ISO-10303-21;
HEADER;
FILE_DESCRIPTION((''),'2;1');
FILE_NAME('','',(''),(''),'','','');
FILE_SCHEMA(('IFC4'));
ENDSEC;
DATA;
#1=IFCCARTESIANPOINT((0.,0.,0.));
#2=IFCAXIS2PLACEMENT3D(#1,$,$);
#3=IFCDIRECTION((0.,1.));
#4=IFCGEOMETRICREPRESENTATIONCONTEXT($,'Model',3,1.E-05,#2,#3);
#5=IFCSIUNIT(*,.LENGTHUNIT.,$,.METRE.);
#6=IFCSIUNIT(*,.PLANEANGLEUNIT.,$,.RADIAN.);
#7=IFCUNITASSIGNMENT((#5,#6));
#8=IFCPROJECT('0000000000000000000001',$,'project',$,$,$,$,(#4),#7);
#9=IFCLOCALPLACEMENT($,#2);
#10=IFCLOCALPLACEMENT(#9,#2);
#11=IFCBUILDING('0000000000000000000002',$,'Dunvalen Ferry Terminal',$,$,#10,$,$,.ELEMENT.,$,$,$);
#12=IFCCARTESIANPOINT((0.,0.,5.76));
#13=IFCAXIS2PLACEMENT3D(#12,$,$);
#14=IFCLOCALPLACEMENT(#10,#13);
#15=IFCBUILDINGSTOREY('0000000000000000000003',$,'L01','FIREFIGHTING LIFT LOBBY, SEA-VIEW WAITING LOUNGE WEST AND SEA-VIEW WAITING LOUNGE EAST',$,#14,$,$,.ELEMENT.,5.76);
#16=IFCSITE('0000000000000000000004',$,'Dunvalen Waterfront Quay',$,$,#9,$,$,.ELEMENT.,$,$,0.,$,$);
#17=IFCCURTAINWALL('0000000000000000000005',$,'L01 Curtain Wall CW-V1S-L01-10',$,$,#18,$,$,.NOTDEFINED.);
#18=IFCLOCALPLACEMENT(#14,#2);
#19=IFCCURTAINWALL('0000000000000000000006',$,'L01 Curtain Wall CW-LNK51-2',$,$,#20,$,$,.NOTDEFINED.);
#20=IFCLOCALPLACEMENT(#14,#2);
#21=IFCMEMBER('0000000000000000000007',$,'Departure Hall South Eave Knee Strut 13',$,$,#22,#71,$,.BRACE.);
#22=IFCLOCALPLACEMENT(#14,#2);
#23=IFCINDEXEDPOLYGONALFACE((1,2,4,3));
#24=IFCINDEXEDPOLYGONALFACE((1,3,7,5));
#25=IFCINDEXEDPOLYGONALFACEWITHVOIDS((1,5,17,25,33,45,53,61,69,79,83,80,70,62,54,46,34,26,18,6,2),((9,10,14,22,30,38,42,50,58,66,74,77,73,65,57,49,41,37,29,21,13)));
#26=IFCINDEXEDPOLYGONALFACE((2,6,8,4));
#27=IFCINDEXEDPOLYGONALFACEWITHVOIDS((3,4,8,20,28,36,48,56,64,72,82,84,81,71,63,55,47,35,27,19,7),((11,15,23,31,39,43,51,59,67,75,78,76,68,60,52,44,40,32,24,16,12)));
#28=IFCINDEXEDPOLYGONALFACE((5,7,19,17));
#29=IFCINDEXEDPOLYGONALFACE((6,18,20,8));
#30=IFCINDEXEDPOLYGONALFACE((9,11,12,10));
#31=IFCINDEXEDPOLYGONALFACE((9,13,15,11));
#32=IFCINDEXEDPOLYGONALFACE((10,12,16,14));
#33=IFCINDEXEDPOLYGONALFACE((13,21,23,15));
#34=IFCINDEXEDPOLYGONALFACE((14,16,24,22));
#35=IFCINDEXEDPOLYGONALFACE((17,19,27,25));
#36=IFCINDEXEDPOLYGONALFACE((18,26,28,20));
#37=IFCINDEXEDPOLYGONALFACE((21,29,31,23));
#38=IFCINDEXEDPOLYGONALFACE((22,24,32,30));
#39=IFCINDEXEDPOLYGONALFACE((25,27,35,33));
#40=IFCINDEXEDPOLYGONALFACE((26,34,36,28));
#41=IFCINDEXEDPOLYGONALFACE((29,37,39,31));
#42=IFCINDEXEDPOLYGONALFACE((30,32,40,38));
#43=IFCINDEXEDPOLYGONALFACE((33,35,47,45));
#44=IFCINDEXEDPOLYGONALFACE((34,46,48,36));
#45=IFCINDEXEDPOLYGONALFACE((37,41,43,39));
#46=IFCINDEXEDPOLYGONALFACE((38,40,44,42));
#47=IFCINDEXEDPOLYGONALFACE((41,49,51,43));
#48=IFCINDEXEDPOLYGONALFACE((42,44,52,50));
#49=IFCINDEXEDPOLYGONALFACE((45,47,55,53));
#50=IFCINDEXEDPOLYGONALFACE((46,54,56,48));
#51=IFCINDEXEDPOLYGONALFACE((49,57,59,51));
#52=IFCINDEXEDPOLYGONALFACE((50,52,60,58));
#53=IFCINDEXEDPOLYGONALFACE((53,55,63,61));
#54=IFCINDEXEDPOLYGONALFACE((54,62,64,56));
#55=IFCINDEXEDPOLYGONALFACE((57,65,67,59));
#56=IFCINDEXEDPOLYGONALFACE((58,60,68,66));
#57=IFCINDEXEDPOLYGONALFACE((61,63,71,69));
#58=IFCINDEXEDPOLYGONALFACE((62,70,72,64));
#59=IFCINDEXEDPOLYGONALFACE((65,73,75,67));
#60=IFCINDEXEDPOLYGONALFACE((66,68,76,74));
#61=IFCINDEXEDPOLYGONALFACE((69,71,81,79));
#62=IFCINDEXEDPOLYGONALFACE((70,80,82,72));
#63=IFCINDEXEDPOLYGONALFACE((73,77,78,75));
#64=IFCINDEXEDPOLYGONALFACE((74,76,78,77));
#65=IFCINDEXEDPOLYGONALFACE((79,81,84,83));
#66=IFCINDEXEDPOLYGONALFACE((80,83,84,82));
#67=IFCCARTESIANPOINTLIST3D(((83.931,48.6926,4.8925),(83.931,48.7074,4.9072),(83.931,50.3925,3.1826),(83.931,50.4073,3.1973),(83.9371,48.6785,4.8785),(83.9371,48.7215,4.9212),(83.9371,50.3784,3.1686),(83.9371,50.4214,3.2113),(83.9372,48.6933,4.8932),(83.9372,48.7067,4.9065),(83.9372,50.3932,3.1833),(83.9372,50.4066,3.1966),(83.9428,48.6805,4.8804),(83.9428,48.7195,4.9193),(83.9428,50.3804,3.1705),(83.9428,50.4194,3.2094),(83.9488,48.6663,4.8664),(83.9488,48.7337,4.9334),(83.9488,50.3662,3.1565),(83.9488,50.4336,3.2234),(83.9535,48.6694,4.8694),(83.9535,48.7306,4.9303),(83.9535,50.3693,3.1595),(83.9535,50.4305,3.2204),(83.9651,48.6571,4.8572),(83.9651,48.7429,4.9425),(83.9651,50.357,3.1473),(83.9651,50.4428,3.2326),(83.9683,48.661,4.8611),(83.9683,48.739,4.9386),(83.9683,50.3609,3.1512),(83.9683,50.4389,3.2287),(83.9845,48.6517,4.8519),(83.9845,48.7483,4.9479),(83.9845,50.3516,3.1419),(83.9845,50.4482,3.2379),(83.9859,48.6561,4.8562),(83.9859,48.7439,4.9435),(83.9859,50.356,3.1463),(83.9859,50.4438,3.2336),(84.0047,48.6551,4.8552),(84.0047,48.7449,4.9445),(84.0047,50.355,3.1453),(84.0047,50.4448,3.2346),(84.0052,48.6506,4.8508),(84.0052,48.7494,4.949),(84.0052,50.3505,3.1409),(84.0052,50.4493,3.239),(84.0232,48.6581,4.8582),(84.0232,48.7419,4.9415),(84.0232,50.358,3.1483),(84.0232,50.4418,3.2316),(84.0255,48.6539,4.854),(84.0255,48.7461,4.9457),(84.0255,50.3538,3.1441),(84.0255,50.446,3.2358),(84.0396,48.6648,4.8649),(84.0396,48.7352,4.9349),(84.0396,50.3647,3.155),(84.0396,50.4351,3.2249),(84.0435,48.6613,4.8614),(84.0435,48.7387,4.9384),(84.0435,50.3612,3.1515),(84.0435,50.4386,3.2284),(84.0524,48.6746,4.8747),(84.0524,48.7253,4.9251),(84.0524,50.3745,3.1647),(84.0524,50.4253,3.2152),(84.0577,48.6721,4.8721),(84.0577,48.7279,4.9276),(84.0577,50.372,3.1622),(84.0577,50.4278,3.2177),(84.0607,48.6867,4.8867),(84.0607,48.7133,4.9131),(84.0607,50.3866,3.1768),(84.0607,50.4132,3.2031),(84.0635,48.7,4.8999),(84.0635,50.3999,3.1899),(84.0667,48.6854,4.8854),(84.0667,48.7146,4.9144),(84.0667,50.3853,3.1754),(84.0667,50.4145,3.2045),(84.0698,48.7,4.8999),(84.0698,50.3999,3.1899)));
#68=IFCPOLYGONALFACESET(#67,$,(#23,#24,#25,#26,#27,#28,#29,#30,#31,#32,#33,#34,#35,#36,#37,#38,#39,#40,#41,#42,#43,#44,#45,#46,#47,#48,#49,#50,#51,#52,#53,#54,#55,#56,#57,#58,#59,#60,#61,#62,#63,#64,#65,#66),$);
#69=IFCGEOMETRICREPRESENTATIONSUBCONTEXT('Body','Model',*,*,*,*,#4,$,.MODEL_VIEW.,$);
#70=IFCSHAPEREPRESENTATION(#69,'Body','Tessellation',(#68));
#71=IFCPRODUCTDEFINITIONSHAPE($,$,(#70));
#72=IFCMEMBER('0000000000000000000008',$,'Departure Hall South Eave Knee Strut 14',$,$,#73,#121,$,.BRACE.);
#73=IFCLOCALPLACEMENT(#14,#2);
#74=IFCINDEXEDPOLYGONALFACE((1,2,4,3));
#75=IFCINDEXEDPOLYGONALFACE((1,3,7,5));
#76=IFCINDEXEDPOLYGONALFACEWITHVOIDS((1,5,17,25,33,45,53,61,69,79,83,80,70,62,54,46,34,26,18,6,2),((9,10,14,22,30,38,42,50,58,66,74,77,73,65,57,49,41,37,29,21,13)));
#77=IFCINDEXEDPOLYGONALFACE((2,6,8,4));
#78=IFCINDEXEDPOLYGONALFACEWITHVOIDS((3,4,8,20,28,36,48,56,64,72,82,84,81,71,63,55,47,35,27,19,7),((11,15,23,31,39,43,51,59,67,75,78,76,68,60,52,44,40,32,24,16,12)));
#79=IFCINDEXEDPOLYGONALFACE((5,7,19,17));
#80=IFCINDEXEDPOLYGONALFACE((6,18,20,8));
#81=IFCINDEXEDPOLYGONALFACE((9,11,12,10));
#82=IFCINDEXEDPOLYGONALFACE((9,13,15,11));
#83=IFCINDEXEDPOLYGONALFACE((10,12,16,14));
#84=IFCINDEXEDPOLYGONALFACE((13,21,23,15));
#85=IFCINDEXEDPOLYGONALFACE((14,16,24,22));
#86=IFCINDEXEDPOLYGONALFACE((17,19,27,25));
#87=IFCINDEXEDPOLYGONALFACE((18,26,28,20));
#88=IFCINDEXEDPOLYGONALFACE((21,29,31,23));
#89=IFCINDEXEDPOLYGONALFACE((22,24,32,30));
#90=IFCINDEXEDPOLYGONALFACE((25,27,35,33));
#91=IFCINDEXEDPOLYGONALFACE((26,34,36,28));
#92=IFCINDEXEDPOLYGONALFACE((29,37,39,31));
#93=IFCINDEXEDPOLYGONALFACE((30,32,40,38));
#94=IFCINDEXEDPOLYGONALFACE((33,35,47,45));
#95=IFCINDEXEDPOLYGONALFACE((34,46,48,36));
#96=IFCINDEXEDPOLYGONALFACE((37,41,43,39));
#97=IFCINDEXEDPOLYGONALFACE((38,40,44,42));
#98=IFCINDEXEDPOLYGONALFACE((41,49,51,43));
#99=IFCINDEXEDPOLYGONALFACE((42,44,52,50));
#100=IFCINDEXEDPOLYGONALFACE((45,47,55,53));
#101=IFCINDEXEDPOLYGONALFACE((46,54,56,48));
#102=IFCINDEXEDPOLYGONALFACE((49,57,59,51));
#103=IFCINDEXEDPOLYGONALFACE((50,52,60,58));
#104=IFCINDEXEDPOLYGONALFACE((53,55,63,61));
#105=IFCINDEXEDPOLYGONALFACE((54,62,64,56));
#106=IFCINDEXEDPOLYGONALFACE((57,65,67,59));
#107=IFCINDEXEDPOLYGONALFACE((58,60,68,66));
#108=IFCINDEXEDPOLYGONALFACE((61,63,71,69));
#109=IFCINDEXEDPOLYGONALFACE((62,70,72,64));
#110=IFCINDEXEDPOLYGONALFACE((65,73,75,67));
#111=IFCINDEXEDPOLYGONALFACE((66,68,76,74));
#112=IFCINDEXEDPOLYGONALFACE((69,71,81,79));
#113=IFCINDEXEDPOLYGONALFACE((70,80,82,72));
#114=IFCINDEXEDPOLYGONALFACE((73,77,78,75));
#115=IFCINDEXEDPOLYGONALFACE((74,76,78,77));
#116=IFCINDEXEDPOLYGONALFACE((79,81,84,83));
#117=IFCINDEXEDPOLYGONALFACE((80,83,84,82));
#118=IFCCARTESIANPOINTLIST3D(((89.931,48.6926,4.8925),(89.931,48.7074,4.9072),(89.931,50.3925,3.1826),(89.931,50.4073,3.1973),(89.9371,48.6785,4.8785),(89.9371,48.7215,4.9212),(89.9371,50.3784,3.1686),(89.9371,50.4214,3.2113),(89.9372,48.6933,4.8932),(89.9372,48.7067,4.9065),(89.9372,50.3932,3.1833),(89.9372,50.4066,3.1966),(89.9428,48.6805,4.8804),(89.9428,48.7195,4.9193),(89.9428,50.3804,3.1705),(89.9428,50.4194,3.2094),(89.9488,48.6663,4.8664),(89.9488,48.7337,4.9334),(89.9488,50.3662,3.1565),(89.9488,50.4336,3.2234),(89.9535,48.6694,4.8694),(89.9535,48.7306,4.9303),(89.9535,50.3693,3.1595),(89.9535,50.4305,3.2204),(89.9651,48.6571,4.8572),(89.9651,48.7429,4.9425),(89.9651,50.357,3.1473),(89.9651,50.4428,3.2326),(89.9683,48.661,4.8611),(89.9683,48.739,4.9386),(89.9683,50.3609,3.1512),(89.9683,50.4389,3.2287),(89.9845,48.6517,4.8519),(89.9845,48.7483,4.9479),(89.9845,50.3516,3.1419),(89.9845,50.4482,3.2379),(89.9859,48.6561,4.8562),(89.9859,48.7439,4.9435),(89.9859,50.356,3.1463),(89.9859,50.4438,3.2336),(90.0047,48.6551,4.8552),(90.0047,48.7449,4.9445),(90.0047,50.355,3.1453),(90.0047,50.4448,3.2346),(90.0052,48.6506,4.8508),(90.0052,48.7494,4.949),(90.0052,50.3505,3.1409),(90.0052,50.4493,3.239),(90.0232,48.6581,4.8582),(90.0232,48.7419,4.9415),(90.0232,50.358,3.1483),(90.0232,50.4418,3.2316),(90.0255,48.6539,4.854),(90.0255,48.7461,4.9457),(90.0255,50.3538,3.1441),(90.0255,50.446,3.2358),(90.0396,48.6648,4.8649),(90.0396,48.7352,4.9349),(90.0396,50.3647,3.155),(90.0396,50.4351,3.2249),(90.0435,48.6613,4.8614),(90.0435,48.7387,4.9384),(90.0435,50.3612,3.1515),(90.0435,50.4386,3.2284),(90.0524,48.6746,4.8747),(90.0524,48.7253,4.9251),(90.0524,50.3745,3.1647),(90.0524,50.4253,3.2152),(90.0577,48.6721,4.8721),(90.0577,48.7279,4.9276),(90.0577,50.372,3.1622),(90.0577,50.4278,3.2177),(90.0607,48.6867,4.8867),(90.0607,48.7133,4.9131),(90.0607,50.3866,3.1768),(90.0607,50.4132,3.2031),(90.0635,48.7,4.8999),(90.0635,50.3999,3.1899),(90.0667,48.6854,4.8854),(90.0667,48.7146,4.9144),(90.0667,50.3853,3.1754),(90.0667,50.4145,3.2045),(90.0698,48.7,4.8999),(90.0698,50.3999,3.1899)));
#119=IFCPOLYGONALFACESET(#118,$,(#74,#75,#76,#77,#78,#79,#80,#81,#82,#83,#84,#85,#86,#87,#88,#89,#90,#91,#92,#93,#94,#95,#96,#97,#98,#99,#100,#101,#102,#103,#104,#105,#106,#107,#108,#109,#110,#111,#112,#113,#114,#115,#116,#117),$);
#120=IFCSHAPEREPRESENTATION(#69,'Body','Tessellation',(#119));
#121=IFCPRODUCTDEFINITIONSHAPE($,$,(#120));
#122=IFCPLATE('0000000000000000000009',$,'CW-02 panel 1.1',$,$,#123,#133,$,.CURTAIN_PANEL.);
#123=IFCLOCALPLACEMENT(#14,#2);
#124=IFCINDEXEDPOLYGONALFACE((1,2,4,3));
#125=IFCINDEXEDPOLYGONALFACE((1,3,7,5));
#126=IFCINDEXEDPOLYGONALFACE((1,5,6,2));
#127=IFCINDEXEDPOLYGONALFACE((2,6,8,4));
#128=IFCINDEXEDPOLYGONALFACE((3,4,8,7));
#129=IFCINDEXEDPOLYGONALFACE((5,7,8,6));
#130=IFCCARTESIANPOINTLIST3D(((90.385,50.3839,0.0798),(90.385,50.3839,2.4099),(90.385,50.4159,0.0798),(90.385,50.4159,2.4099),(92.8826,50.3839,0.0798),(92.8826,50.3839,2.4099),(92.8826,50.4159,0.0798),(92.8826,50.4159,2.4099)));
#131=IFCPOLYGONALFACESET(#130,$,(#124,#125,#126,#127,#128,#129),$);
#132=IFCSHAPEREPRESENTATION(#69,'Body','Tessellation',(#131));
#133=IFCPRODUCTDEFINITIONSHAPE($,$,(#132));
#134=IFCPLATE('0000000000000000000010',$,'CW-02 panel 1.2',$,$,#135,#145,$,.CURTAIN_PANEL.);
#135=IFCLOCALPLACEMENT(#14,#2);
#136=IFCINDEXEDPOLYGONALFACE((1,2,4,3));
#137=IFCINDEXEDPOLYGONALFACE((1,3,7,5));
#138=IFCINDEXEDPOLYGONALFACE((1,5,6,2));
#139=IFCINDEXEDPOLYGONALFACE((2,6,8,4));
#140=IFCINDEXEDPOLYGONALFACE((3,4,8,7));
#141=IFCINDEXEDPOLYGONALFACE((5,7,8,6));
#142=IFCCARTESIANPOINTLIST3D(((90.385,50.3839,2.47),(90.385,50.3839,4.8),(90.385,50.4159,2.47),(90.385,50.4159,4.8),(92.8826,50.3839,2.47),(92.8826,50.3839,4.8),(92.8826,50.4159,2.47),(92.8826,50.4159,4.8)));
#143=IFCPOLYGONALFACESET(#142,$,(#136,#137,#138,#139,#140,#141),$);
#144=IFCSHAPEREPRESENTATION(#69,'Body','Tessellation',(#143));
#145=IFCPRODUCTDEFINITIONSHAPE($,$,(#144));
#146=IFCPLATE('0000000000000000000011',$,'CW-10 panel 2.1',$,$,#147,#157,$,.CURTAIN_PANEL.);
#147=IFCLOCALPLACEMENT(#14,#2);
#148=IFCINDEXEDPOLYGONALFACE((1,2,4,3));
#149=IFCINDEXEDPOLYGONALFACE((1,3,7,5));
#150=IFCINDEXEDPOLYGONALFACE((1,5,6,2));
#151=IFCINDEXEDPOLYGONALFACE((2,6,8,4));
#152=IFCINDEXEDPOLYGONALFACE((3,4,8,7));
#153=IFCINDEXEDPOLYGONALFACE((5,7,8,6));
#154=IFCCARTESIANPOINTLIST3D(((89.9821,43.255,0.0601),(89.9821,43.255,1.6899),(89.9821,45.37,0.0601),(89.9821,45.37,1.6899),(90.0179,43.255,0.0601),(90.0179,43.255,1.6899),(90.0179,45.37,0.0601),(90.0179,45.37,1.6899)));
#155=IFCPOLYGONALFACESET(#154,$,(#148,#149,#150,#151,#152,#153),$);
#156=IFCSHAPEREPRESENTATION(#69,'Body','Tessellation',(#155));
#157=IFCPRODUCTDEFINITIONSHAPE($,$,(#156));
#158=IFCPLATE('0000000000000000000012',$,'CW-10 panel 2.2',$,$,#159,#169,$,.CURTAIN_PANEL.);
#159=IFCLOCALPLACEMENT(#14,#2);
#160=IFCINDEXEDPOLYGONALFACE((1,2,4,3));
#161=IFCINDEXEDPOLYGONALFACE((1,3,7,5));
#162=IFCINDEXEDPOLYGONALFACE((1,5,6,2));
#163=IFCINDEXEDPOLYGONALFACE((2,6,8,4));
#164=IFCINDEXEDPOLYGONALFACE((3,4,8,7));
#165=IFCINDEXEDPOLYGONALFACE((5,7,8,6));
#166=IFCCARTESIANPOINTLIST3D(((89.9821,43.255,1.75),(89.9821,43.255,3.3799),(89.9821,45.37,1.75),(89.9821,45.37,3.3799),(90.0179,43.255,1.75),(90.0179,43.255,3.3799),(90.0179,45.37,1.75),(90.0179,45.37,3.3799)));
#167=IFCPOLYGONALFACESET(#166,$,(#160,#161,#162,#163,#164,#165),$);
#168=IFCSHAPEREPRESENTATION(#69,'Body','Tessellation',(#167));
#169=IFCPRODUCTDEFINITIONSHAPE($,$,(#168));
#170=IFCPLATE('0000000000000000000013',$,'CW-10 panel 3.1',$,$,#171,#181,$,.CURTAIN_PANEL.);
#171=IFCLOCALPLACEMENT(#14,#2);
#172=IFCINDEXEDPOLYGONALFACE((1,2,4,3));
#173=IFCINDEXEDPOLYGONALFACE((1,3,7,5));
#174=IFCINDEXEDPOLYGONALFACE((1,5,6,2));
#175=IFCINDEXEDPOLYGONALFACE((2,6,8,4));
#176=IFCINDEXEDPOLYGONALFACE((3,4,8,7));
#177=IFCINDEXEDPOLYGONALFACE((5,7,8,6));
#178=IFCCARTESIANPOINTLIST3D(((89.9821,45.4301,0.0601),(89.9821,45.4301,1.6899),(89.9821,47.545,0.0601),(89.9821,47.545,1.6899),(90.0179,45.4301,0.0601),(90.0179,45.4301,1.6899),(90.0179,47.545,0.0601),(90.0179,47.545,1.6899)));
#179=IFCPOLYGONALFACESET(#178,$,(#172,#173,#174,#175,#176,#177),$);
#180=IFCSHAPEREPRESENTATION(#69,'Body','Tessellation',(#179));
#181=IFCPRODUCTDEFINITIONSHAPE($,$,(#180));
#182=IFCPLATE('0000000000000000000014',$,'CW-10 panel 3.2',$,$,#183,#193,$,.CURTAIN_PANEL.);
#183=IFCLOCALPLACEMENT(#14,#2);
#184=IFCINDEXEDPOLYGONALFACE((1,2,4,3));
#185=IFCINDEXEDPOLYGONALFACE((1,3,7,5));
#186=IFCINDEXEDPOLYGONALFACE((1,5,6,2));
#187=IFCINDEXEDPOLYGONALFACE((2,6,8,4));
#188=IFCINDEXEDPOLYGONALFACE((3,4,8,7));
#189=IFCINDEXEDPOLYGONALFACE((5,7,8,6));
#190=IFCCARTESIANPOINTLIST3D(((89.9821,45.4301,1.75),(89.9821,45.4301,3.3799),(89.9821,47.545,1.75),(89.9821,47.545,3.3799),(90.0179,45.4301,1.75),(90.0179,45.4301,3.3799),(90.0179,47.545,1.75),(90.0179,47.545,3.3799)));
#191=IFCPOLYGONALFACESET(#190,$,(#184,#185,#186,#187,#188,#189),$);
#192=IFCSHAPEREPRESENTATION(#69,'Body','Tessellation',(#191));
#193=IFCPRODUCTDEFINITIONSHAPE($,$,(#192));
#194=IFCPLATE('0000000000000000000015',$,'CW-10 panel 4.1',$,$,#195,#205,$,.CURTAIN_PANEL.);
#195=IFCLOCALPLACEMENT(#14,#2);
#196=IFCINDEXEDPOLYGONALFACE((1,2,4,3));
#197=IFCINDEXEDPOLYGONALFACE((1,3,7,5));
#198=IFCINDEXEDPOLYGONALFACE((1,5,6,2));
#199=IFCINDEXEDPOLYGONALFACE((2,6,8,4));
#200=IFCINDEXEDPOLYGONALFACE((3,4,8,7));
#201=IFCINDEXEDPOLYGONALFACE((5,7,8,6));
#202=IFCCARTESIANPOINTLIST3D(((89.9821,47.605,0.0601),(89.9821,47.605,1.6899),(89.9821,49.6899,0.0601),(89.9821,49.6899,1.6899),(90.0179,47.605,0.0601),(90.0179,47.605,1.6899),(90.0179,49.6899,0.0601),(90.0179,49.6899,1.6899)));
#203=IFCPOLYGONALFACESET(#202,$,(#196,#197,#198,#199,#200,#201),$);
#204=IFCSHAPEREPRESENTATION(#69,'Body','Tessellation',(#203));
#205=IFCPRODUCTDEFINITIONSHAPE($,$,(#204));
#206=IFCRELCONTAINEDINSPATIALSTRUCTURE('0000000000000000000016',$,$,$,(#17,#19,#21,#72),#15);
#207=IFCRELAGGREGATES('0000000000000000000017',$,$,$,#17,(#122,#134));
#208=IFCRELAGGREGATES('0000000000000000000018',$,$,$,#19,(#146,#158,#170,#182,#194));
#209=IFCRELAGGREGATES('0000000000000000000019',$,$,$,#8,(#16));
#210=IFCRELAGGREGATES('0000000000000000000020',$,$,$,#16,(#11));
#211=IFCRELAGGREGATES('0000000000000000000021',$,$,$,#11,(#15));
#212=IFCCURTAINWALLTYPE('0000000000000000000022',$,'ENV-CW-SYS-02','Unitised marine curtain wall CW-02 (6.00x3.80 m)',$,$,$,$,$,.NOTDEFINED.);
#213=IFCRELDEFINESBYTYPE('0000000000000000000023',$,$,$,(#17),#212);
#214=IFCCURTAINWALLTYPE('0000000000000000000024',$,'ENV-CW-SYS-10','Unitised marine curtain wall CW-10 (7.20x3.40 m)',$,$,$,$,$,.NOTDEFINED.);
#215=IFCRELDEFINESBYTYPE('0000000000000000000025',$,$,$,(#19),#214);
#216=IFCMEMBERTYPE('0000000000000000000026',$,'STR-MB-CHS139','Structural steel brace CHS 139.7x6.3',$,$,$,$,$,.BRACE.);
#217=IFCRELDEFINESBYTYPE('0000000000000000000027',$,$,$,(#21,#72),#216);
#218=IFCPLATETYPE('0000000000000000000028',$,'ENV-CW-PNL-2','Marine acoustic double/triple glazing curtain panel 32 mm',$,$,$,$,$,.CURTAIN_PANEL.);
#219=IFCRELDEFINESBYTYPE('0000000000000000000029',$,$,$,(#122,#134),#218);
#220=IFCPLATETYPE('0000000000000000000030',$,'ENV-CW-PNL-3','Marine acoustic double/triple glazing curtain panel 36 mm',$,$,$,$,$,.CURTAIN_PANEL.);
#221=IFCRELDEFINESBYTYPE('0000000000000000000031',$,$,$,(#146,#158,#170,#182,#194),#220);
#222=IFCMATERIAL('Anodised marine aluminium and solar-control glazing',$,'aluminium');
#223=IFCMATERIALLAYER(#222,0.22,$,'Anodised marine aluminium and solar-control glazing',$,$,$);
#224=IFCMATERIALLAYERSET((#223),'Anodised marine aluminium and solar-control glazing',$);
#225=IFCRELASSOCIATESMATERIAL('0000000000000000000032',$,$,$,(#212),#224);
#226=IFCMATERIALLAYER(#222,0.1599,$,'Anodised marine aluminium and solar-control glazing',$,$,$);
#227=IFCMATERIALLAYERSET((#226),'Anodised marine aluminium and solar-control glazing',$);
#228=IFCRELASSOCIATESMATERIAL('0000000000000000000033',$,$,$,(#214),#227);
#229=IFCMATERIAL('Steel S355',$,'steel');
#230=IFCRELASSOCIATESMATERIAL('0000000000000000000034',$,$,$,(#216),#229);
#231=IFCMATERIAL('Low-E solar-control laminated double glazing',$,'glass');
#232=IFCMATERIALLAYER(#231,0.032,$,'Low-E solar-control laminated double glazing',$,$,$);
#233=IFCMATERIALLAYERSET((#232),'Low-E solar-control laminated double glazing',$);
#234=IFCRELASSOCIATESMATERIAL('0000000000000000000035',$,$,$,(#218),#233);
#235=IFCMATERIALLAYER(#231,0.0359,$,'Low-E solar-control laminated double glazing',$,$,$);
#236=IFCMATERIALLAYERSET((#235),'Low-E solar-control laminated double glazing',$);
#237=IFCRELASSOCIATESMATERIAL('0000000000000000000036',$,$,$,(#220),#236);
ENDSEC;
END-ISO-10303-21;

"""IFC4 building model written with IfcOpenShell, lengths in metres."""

from ifc_helpers import new_model, si_unit, direction, frame, origin, origin_2d, place, context, subcontext, project, spatial, rectangle, hollow_circle, extrude, material, layer, layer_set, material_profile, profile_set, type_object, element, aggregate, save


model = new_model("IFC4")

# Units and contexts
model_context = context("Model", 3, precision=1e-05, world=origin(), true_north=direction((0.0, 1.0)))
body_context = subcontext(model_context, "Body", "Model", "MODEL_VIEW")
ifc_project = project(units=[si_unit("LENGTHUNIT", "METRE"), si_unit("PLANEANGLEUNIT", "RADIAN")], contexts=[model_context])

# Site, building, storey
site_placement = place(None, origin())
site = spatial("IfcSite", under=ifc_project, at=site_placement, Name="Dunvalen Waterfront Quay", CompositionType="ELEMENT", RefElevation=0.0)
building_placement = place(site_placement, origin())
building = spatial("IfcBuilding", under=site, at=building_placement, Name="Dunvalen Ferry Terminal", CompositionType="ELEMENT")
storey_placement = place(building_placement, frame((0.0, 0.0, 5.76)))
storey = spatial("IfcBuildingStorey", under=building, at=storey_placement, Name="L01", Description="FIREFIGHTING LIFT LOBBY, SEA-VIEW WAITING LOUNGE WEST AND SEA-VIEW WAITING LOUNGE EAST", CompositionType="ELEMENT", Elevation=5.76)

# Shared definitions
ifc_material_1 = material(Name="Steel S355", Category="steel")

# Curtain wall
ifc_material_2 = material(Name="Anodised marine aluminium and solar-control glazing", Category="aluminium")
ifc_layer_1 = layer(ifc_material_2, 0.22, Name="Anodised marine aluminium and solar-control glazing")
ifc_layer_set_1 = layer_set([ifc_layer_1], Name="Anodised marine aluminium and solar-control glazing")
curtain_wall_type_1 = type_object("IfcCurtainWallType", Name="ENV-CW-SYS-02", Description="Unitised marine curtain wall CW-02 (6.00x3.80 m)", PredefinedType="NOTDEFINED", material=ifc_layer_set_1)
curtain_wall_1_placement = place(storey_placement, origin())
curtain_wall_1 = element("IfcCurtainWall", 1, at=curtain_wall_1_placement, inside=storey, type_object=curtain_wall_type_1, Name="L01 Curtain Wall CW-V1S-L01-10", PredefinedType="NOTDEFINED")

# Curtain wall
ifc_layer_2 = layer(ifc_material_2, 0.1599, Name="Anodised marine aluminium and solar-control glazing")
ifc_layer_set_2 = layer_set([ifc_layer_2], Name="Anodised marine aluminium and solar-control glazing")
curtain_wall_type_2 = type_object("IfcCurtainWallType", Name="ENV-CW-SYS-10", Description="Unitised marine curtain wall CW-10 (7.20x3.40 m)", PredefinedType="NOTDEFINED", material=ifc_layer_set_2)
curtain_wall_2_placement = place(storey_placement, origin())
curtain_wall_2 = element("IfcCurtainWall", 2, at=curtain_wall_2_placement, inside=storey, type_object=curtain_wall_type_2, Name="L01 Curtain Wall CW-LNK51-2", PredefinedType="NOTDEFINED")

# Members
ifc_material_profile_1 = material_profile(ifc_material_1, hollow_circle(Radius=0.0698, WallThickness=0.0063, at=origin_2d()), Name="Steel S355")
ifc_profile_set_1 = profile_set([ifc_material_profile_1], Name="Steel S355")
member_type_1 = type_object("IfcMemberType", Name="STR-MB-CHS139", Description="Structural steel brace CHS 139.7x6.3", PredefinedType="BRACE", material=ifc_profile_set_1)
for number, where, z_axis, x_axis, name in (
    (3, (84.0, 50.3999, 3.1899), (0.0, -0.705028, 0.709179), (1.0, 0.0, 0.0), "Departure Hall South Eave Knee Strut 13"),
    (4, (90.0, 50.3999, 3.1899), (0.0, -0.705028, 0.709179), (1.0, 0.0, 0.0), "Departure Hall South Eave Knee Strut 14"),
):
    element("IfcMember", number, at=place(storey_placement, frame(where, z_axis=z_axis, x_axis=x_axis)), inside=storey, type_object=member_type_1, Name=name, PredefinedType="BRACE", context=body_context, shape_type="SweptSolid", body=[
        extrude(hollow_circle(Radius=0.0698, WallThickness=0.0063, at=origin_2d()), origin(), (0.0, 0.0, 1.0), 2.4111),
    ])

# Plates
ifc_material_3 = material(Name="Low-E solar-control laminated double glazing", Category="glass")
ifc_layer_3 = layer(ifc_material_3, 0.032, Name="Low-E solar-control laminated double glazing")
ifc_layer_set_3 = layer_set([ifc_layer_3], Name="Low-E solar-control laminated double glazing")
plate_type_1 = type_object("IfcPlateType", Name="ENV-CW-PNL-2", Description="Marine acoustic double/triple glazing curtain panel 32 mm", PredefinedType="CURTAIN_PANEL", material=ifc_layer_set_3)
plate_1_placement = place(storey_placement, frame((91.6338, 50.3999, 0.0798), z_axis=(0.0, 0.0, 1.0), x_axis=(1.0, 0.0, 0.0)))
plate_1 = element("IfcPlate", 5, at=plate_1_placement, type_object=plate_type_1, Name="CW-02 panel 1.1", PredefinedType="CURTAIN_PANEL", context=body_context, shape_type="SweptSolid", body=[
    extrude(rectangle(XDim=2.4976, YDim=0.032, at=origin_2d()), origin(), (0.0, 0.0, 1.0), 2.3301),
])
plate_2_placement = place(storey_placement, frame((91.6338, 50.3999, 2.47), z_axis=(0.0, 0.0, 1.0), x_axis=(1.0, 0.0, 0.0)))
plate_2 = element("IfcPlate", 6, at=plate_2_placement, type_object=plate_type_1, Name="CW-02 panel 1.2", PredefinedType="CURTAIN_PANEL", context=body_context, shape_type="SweptSolid", body=[
    extrude(rectangle(XDim=2.4976, YDim=0.032, at=origin_2d()), origin(), (0.0, 0.0, 1.0), 2.3301),
])
aggregate(curtain_wall_1, [plate_1, plate_2])
ifc_layer_4 = layer(ifc_material_3, 0.0359, Name="Low-E solar-control laminated double glazing")
ifc_layer_set_4 = layer_set([ifc_layer_4], Name="Low-E solar-control laminated double glazing")
plate_type_2 = type_object("IfcPlateType", Name="ENV-CW-PNL-3", Description="Marine acoustic double/triple glazing curtain panel 36 mm", PredefinedType="CURTAIN_PANEL", material=ifc_layer_set_4)
plate_3_placement = place(storey_placement, frame((90.0, 44.3125, 0.0601), z_axis=(0.0, 0.0, 1.0), x_axis=(0.0, 1.0, 0.0)))
plate_3 = element("IfcPlate", 7, at=plate_3_placement, type_object=plate_type_2, Name="CW-10 panel 2.1", PredefinedType="CURTAIN_PANEL", context=body_context, shape_type="SweptSolid", body=[
    extrude(rectangle(XDim=2.115, YDim=0.0359, at=origin_2d()), origin(), (0.0, 0.0, 1.0), 1.6299),
])
plate_4_placement = place(storey_placement, frame((90.0, 44.3125, 1.75), z_axis=(0.0, 0.0, 1.0), x_axis=(0.0, 1.0, 0.0)))
plate_4 = element("IfcPlate", 8, at=plate_4_placement, type_object=plate_type_2, Name="CW-10 panel 2.2", PredefinedType="CURTAIN_PANEL", context=body_context, shape_type="SweptSolid", body=[
    extrude(rectangle(XDim=2.115, YDim=0.0359, at=origin_2d()), origin(), (0.0, 0.0, 1.0), 1.6299),
])
plate_5_placement = place(storey_placement, frame((90.0, 46.4875, 0.0601), z_axis=(0.0, 0.0, 1.0), x_axis=(0.0, 1.0, 0.0)))
plate_5 = element("IfcPlate", 9, at=plate_5_placement, type_object=plate_type_2, Name="CW-10 panel 3.1", PredefinedType="CURTAIN_PANEL", context=body_context, shape_type="SweptSolid", body=[
    extrude(rectangle(XDim=2.115, YDim=0.0359, at=origin_2d()), origin(), (0.0, 0.0, 1.0), 1.6299),
])
plate_6_placement = place(storey_placement, frame((90.0, 46.4875, 1.75), z_axis=(0.0, 0.0, 1.0), x_axis=(0.0, 1.0, 0.0)))
plate_6 = element("IfcPlate", 10, at=plate_6_placement, type_object=plate_type_2, Name="CW-10 panel 3.2", PredefinedType="CURTAIN_PANEL", context=body_context, shape_type="SweptSolid", body=[
    extrude(rectangle(XDim=2.115, YDim=0.0359, at=origin_2d()), origin(), (0.0, 0.0, 1.0), 1.6299),
])
plate_7_placement = place(storey_placement, frame((90.0, 48.6475, 0.0601), z_axis=(0.0, 0.0, 1.0), x_axis=(0.0, 1.0, 0.0)))
plate_7 = element("IfcPlate", 11, at=plate_7_placement, type_object=plate_type_2, Name="CW-10 panel 4.1", PredefinedType="CURTAIN_PANEL", context=body_context, shape_type="SweptSolid", body=[
    extrude(rectangle(XDim=2.085, YDim=0.0359, at=origin_2d()), origin(), (0.0, 0.0, 1.0), 1.6299),
])
aggregate(curtain_wall_2, [plate_3, plate_4, plate_5, plate_6, plate_7])

save(model, "model.ifc")
